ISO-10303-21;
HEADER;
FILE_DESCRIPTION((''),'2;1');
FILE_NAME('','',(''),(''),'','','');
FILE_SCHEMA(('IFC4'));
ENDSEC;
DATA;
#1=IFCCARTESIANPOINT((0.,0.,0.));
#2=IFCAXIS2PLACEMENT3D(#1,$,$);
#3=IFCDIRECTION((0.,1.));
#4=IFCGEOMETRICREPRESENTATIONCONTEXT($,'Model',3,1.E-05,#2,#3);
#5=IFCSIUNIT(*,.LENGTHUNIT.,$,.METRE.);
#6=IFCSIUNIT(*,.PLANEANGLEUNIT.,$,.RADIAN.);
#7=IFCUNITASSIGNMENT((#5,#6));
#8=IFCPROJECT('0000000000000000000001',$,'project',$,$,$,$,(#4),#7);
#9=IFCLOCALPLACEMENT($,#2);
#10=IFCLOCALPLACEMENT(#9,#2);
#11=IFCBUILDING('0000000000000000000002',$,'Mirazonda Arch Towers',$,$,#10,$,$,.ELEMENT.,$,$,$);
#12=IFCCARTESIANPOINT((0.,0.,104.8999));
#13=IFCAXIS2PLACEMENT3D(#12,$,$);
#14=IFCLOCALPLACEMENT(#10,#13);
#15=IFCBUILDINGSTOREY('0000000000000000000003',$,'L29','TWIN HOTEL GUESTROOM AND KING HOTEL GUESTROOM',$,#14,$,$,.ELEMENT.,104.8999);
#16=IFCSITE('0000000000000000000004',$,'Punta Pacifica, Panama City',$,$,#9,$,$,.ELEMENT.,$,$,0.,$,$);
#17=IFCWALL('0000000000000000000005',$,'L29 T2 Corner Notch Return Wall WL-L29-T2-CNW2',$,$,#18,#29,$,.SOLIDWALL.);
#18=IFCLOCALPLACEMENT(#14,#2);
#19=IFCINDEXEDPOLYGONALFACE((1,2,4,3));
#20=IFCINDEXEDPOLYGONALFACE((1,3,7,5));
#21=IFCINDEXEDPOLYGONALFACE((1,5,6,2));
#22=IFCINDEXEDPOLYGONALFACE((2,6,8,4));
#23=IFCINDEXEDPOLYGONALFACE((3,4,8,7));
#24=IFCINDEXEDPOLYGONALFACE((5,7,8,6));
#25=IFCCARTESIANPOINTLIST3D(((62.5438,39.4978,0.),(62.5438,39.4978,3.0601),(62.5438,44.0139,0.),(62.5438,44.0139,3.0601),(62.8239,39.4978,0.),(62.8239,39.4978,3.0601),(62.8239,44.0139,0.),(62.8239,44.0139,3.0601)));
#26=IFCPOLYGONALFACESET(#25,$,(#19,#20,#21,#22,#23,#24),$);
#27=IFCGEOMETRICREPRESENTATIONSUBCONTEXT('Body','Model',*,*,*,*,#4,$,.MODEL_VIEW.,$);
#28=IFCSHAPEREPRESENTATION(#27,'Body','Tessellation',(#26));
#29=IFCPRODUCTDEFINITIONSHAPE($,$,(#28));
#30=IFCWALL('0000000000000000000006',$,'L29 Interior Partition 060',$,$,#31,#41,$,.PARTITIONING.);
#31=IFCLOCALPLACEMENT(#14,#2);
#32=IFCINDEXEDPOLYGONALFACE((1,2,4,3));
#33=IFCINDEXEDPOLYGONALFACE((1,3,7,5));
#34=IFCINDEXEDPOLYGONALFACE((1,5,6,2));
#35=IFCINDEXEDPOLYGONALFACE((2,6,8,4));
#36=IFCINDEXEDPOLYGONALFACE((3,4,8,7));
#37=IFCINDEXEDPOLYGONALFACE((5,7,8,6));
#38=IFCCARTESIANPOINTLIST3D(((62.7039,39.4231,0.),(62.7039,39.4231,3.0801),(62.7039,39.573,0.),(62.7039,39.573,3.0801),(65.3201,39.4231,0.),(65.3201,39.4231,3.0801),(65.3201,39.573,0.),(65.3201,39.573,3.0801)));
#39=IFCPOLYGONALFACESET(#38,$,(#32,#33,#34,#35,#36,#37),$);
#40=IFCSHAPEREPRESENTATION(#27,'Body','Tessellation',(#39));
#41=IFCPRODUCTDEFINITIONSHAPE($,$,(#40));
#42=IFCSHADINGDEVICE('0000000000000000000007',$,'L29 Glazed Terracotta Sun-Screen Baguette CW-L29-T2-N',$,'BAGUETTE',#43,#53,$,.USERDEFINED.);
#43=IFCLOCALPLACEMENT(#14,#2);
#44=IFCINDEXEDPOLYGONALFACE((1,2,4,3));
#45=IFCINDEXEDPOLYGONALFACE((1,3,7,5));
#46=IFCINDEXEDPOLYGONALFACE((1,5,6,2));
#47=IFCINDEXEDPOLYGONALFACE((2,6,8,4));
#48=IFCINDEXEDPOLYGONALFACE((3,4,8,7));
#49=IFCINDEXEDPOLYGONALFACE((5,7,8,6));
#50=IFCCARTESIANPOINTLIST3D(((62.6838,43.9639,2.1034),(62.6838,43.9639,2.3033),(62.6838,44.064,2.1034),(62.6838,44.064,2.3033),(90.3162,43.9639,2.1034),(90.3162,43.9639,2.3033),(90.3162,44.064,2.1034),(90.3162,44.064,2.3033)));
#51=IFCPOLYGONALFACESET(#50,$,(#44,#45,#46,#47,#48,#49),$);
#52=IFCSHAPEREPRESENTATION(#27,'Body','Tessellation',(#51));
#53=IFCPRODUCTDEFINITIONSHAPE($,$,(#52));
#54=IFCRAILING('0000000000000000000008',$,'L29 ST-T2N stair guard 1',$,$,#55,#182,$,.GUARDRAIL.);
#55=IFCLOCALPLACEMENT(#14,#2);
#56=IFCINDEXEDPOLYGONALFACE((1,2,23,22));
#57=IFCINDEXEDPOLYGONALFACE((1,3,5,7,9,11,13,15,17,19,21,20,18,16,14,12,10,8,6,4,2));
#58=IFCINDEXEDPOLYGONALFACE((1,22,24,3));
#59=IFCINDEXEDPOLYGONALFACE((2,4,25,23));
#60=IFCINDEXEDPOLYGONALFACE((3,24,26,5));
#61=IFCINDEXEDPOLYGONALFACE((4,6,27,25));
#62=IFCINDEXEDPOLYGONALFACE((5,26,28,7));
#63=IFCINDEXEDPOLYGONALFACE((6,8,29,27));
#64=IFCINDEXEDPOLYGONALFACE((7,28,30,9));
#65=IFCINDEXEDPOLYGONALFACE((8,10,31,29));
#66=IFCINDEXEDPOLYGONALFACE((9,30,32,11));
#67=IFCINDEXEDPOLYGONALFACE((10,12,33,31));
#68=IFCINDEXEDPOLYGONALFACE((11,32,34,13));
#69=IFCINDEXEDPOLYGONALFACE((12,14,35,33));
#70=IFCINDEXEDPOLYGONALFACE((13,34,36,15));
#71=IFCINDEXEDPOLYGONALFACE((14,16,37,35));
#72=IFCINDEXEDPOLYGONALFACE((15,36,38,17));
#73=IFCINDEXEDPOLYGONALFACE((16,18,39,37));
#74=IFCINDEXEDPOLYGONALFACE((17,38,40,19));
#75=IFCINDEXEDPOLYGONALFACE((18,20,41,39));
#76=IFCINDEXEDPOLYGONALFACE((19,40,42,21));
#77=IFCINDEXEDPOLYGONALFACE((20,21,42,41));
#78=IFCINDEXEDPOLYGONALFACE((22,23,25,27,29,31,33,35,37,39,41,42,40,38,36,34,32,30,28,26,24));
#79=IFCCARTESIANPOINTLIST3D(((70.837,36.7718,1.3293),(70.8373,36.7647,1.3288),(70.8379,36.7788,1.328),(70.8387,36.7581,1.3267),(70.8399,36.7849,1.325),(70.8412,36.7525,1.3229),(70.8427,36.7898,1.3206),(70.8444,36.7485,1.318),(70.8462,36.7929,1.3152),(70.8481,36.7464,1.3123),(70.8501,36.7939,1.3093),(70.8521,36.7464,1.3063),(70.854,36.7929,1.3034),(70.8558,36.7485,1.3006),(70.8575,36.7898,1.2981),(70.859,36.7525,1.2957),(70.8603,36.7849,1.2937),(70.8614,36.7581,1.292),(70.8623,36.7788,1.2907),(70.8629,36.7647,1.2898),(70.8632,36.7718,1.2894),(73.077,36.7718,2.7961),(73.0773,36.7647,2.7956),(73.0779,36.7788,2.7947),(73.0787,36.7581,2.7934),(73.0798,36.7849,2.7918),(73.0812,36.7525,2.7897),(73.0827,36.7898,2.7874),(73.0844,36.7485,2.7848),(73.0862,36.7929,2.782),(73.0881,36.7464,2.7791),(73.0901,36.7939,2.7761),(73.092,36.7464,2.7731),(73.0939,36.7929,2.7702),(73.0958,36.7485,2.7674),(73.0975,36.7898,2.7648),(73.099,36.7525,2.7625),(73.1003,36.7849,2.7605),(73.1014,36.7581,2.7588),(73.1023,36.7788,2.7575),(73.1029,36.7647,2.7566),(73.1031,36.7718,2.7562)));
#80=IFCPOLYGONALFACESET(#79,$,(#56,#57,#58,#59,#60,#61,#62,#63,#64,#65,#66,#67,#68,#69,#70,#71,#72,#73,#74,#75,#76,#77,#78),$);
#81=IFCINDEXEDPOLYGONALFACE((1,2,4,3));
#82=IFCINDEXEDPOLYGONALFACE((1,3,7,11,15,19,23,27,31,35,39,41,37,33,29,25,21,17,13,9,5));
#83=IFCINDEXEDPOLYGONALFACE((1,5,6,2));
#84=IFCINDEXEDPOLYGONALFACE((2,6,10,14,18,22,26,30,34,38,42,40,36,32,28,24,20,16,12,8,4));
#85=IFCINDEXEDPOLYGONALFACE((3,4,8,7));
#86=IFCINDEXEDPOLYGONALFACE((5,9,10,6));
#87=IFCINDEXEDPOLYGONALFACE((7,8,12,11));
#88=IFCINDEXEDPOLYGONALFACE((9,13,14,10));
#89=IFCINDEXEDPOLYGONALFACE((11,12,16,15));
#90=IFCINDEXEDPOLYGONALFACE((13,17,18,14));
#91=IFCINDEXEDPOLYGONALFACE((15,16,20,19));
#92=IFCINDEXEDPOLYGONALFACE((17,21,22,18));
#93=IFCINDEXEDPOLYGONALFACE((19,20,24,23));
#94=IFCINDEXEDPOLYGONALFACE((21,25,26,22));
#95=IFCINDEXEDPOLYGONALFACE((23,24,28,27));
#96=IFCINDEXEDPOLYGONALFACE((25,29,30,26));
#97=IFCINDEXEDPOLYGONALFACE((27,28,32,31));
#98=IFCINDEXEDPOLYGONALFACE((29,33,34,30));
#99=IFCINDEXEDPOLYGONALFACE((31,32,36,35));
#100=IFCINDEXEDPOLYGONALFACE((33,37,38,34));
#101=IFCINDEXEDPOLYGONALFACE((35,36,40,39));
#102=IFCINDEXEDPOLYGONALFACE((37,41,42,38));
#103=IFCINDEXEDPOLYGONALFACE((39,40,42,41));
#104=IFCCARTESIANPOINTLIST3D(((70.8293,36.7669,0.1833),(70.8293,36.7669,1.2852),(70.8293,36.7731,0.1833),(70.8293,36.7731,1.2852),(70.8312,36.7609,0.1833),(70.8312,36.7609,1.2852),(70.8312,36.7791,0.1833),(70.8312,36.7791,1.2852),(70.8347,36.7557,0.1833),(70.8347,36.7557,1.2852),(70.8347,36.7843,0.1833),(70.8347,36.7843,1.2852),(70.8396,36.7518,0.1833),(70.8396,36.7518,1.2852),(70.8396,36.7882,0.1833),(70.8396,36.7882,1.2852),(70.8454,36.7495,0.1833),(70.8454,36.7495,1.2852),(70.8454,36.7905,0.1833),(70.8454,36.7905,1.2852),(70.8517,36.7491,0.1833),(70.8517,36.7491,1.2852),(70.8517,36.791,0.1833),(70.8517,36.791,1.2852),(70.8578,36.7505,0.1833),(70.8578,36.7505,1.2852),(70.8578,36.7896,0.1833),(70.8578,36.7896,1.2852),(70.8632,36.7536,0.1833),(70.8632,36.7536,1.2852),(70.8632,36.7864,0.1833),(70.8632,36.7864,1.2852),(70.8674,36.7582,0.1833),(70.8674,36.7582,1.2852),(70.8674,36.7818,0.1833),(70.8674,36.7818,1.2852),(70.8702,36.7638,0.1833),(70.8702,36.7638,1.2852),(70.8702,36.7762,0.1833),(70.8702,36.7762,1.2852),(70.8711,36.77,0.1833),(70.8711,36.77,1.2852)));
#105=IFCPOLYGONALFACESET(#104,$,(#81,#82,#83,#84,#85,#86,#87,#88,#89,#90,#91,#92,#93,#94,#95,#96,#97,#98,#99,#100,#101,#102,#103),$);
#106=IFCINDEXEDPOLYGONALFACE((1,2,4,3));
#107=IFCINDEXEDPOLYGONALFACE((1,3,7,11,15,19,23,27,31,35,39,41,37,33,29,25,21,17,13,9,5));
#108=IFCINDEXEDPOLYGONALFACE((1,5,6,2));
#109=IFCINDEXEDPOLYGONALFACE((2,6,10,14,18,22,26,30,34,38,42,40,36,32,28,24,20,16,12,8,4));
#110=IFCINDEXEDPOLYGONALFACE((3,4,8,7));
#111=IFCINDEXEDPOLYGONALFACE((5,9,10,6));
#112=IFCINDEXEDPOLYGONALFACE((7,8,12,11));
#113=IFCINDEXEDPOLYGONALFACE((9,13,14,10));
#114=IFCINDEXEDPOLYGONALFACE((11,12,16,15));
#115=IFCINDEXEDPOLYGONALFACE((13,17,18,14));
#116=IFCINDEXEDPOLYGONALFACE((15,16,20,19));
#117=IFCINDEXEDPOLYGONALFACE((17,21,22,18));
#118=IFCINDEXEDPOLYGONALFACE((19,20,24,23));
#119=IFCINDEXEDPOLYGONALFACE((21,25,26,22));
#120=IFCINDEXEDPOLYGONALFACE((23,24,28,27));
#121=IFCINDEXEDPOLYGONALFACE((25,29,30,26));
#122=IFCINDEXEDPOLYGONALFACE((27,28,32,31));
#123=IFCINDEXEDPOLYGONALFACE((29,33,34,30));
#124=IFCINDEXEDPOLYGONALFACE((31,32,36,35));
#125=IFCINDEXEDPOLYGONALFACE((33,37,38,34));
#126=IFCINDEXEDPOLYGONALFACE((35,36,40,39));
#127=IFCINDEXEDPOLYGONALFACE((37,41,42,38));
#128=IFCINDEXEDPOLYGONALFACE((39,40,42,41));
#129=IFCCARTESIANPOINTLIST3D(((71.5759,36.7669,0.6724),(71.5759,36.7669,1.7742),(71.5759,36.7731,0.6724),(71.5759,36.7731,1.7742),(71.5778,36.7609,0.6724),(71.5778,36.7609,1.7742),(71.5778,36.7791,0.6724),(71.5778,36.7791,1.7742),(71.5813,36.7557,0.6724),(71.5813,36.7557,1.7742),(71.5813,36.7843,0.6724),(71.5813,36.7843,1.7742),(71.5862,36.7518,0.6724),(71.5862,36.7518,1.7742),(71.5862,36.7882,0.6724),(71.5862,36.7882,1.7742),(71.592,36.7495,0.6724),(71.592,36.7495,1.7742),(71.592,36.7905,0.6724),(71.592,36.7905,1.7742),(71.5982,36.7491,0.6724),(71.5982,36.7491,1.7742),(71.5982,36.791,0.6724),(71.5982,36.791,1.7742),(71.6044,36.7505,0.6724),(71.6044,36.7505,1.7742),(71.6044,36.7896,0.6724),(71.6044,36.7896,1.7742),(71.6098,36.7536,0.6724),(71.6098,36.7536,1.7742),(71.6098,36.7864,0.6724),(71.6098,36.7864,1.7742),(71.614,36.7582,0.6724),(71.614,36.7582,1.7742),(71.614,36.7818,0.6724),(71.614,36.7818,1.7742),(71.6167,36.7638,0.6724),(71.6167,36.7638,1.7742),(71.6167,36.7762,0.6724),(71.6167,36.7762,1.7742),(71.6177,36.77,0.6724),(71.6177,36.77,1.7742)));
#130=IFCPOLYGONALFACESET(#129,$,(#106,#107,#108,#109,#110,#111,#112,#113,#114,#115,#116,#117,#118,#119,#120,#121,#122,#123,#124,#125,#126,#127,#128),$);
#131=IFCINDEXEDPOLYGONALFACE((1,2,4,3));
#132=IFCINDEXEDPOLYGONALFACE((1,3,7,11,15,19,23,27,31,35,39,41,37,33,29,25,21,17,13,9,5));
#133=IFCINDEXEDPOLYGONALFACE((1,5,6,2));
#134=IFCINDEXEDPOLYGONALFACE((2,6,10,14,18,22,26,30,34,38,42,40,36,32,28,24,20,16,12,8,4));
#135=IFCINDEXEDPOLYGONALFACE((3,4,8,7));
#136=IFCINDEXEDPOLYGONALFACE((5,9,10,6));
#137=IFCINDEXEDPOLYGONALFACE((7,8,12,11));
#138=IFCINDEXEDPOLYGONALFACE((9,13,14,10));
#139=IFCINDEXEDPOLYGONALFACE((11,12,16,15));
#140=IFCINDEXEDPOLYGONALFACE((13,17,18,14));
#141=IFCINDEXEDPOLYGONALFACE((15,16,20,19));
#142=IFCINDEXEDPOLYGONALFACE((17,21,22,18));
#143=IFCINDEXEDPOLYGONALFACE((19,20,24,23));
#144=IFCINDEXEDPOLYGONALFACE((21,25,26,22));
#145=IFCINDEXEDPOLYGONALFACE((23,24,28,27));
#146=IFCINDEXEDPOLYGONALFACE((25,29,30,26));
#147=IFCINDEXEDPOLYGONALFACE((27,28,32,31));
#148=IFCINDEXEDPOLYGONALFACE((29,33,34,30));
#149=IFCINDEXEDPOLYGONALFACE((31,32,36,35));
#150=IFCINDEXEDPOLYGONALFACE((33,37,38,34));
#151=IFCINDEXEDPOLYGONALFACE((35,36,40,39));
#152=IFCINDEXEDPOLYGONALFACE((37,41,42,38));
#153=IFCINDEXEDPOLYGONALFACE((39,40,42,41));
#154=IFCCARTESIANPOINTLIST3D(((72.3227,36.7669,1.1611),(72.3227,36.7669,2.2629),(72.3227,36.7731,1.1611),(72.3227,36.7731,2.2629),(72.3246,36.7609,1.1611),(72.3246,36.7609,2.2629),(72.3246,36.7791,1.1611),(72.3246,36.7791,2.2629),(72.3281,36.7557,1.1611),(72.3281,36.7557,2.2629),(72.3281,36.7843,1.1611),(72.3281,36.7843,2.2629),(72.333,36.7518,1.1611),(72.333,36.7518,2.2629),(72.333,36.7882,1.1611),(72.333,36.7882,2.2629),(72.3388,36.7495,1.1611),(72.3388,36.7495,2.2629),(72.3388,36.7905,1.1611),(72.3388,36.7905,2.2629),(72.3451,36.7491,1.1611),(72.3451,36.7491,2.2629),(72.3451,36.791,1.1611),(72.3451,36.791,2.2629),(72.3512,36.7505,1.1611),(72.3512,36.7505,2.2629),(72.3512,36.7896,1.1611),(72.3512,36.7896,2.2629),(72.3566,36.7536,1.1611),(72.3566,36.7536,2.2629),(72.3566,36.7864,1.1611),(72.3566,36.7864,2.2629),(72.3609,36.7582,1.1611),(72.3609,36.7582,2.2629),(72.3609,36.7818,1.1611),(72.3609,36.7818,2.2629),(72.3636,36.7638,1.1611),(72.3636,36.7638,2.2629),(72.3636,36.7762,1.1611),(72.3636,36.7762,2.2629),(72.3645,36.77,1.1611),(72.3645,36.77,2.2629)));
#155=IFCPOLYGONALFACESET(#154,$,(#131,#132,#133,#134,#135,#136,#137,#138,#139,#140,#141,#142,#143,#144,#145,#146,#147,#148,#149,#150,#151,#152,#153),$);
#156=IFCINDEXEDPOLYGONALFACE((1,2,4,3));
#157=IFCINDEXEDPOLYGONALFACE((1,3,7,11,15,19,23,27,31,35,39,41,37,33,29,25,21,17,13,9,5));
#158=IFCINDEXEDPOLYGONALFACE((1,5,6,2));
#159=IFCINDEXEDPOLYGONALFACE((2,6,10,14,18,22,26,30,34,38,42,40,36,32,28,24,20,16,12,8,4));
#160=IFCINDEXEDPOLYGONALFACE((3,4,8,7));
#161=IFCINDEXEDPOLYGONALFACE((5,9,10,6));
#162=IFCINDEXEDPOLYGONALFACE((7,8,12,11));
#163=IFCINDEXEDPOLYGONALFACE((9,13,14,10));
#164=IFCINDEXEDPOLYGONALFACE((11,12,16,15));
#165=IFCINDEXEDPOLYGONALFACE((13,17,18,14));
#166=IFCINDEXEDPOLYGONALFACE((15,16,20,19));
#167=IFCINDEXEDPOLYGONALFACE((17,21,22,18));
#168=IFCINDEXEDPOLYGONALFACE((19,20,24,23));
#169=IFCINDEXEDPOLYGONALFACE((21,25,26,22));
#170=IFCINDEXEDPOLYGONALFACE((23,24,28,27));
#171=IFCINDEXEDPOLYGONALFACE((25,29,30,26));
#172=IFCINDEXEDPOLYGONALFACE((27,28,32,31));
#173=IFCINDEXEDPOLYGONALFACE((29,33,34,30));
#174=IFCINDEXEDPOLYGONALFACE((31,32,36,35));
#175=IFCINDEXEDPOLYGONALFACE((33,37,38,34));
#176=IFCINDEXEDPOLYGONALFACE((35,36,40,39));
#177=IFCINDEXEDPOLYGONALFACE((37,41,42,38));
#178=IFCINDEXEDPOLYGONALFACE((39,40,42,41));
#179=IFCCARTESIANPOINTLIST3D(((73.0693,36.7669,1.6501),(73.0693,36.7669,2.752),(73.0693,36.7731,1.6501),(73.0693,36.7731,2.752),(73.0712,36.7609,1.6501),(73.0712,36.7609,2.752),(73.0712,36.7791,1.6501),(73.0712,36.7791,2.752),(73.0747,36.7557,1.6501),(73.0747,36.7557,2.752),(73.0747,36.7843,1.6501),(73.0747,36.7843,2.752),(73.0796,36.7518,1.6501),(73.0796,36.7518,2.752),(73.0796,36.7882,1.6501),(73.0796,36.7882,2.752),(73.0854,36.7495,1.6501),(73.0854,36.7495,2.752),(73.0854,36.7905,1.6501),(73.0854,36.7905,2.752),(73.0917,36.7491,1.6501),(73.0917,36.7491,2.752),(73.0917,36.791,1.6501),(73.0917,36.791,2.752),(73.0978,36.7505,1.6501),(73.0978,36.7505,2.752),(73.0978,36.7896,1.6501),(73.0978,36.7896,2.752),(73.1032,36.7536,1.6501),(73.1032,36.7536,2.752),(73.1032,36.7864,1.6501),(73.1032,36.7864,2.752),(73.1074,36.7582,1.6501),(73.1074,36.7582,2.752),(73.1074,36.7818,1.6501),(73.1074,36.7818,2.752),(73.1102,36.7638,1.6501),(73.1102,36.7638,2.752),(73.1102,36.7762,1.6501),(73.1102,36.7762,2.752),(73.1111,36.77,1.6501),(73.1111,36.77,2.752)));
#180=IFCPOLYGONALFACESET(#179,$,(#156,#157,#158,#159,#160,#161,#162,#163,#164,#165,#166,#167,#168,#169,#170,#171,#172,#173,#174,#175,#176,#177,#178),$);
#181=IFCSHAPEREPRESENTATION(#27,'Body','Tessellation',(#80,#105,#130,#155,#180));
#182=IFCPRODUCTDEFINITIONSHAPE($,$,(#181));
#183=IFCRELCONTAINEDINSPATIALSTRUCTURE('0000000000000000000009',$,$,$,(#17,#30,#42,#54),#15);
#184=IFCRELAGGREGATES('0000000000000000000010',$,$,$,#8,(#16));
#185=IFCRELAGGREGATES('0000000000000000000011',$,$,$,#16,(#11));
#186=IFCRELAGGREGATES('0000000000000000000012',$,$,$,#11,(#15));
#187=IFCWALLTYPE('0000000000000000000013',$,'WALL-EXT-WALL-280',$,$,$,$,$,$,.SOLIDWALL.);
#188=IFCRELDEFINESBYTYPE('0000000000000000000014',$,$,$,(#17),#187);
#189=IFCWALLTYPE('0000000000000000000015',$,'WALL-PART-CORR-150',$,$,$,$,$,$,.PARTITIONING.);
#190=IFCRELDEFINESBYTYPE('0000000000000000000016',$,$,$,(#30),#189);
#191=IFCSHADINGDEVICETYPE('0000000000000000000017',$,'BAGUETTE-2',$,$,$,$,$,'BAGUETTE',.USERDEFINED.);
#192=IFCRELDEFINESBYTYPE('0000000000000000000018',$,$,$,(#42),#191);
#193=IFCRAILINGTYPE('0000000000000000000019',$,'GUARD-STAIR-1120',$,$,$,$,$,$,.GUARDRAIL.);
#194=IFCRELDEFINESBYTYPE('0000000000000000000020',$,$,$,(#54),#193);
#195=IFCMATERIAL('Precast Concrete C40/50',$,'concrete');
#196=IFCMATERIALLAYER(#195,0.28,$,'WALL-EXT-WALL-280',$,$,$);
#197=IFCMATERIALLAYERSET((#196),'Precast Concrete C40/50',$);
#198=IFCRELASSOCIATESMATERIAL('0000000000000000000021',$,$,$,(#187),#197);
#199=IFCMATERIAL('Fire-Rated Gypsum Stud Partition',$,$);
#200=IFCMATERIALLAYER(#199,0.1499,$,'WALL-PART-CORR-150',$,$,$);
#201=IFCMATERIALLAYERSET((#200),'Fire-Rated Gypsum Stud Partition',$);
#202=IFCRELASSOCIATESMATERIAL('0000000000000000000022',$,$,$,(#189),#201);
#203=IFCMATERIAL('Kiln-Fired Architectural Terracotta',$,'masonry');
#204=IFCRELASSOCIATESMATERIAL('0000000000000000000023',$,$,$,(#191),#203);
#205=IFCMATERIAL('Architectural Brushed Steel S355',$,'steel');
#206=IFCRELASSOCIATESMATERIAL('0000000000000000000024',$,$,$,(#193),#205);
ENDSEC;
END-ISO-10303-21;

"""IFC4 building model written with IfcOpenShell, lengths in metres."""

from ifc_helpers import new_model, si_unit, direction, frame, frame_2d, origin, origin_2d, place, context, subcontext, project, spatial, rectangle, circle, extrude, material, layer, layer_set, material_profile, profile_set, type_object, element, save


model = new_model("IFC4")

# Units and contexts
model_context = context("Model", 3, precision=1e-05, world=origin(), true_north=direction((0.0, 1.0)))
body_context = subcontext(model_context, "Body", "Model", "MODEL_VIEW")
ifc_project = project(units=[si_unit("LENGTHUNIT", "METRE"), si_unit("PLANEANGLEUNIT", "RADIAN")], contexts=[model_context])

# Site, building, storey
site_placement = place(None, origin())
site = spatial("IfcSite", under=ifc_project, at=site_placement, Name="Punta Pacifica, Panama City", CompositionType="ELEMENT", RefElevation=0.0)
building_placement = place(site_placement, origin())
building = spatial("IfcBuilding", under=site, at=building_placement, Name="Mirazonda Arch Towers", CompositionType="ELEMENT")
storey_placement = place(building_placement, frame((0.0, 0.0, 104.8999)))
storey = spatial("IfcBuildingStorey", under=building, at=storey_placement, Name="L29", Description="TWIN HOTEL GUESTROOM AND KING HOTEL GUESTROOM", CompositionType="ELEMENT", Elevation=104.8999)

# Walls
ifc_material_1 = material(Name="Precast Concrete C40/50", Category="concrete")
ifc_layer_1 = layer(ifc_material_1, 0.28, Name="WALL-EXT-WALL-280")
ifc_layer_set_1 = layer_set([ifc_layer_1], Name="Precast Concrete C40/50")
wall_type_1 = type_object("IfcWallType", Name="WALL-EXT-WALL-280", PredefinedType="SOLIDWALL", material=ifc_layer_set_1)
wall_1_placement = place(storey_placement, frame((62.6838, 44.0139, 0.0), z_axis=(0.0, 0.0, 1.0), x_axis=(0.0, -1.0, 0.0)))
element("IfcWall", 1, at=wall_1_placement, inside=storey, type_object=wall_type_1, Name="L29 T2 Corner Notch Return Wall WL-L29-T2-CNW2", PredefinedType="SOLIDWALL", context=body_context, shape_type="SweptSolid", body=[
    extrude(rectangle(XDim=4.5161, YDim=0.28, at=frame_2d((2.2581, 0.0))), origin(), (0.0, 0.0, 1.0), 3.0601),
])
ifc_material_2 = material(Name="Fire-Rated Gypsum Stud Partition")
ifc_layer_2 = layer(ifc_material_2, 0.1499, Name="WALL-PART-CORR-150")
ifc_layer_set_2 = layer_set([ifc_layer_2], Name="Fire-Rated Gypsum Stud Partition")
wall_type_2 = type_object("IfcWallType", Name="WALL-PART-CORR-150", PredefinedType="PARTITIONING", material=ifc_layer_set_2)
wall_2_placement = place(storey_placement, frame((62.7039, 39.498, 0.0), z_axis=(0.0, 0.0, 1.0), x_axis=(1.0, 0.0, 0.0)))
element("IfcWall", 2, at=wall_2_placement, inside=storey, type_object=wall_type_2, Name="L29 Interior Partition 060", PredefinedType="PARTITIONING", context=body_context, shape_type="SweptSolid", body=[
    extrude(rectangle(XDim=2.6162, YDim=0.1499, at=frame_2d((1.3081, 0.0))), origin(), (0.0, 0.0, 1.0), 3.0801),
])

# Shading device
ifc_material_3 = material(Name="Kiln-Fired Architectural Terracotta", Category="masonry")
ifc_material_profile_1 = material_profile(ifc_material_3, rectangle(XDim=0.1001, YDim=0.2, at=origin_2d()), Name="TERRA-BAG-100x200")
ifc_profile_set_1 = profile_set([ifc_material_profile_1], Name="Kiln-Fired Architectural Terracotta")
shading_device_type = type_object("IfcShadingDeviceType", Name="BAGUETTE-2", ElementType="BAGUETTE", PredefinedType="USERDEFINED", material=ifc_profile_set_1)
shading_device_placement = place(storey_placement, frame((62.6838, 44.0139, 2.2034), z_axis=(1.0, 0.0, 0.0), x_axis=(0.0, 1.0, 0.0)))
element("IfcShadingDevice", 3, at=shading_device_placement, inside=storey, type_object=shading_device_type, Name="L29 Glazed Terracotta Sun-Screen Baguette CW-L29-T2-N", ObjectType="BAGUETTE", PredefinedType="USERDEFINED", context=body_context, shape_type="SweptSolid", body=[
    extrude(rectangle(XDim=0.1001, YDim=0.2, at=origin_2d()), origin(), (0.0, 0.0, 1.0), 27.6323),
])

# Railing
ifc_material_4 = material(Name="Architectural Brushed Steel S355", Category="steel")
railing_type = type_object("IfcRailingType", Name="GUARD-STAIR-1120", PredefinedType="GUARDRAIL", material=ifc_material_4)
railing_1_placement = place(storey_placement, frame((70.8501, 36.77, 0.1833)))
element("IfcRailing", 4, at=railing_1_placement, inside=storey, type_object=railing_type, Name="L29 ST-T2N stair guard 1", PredefinedType="GUARDRAIL", context=body_context, shape_type="SweptSolid", body=[
    extrude(circle(Radius=0.0239, at=origin_2d()), frame((0.0, 0.0, 1.126), z_axis=(0.836595, 0.0, 0.547822), x_axis=(0.0, 1.0, 0.0)), (0.0, 0.0, 1.0), 2.6775),
    extrude(circle(Radius=0.021, at=origin_2d()), origin(), (0.0, 0.0, 1.0), 1.1018),
    extrude(circle(Radius=0.021, at=origin_2d()), frame((0.7466, 0.0, 0.489)), (0.0, 0.0, 1.0), 1.1018),
    extrude(circle(Radius=0.021, at=origin_2d()), frame((1.4934, 0.0, 0.9778)), (0.0, 0.0, 1.0), 1.1018),
    extrude(circle(Radius=0.021, at=origin_2d()), frame((2.24, 0.0, 1.4668)), (0.0, 0.0, 1.0), 1.1018),
])

save(model, "model.ifc")
